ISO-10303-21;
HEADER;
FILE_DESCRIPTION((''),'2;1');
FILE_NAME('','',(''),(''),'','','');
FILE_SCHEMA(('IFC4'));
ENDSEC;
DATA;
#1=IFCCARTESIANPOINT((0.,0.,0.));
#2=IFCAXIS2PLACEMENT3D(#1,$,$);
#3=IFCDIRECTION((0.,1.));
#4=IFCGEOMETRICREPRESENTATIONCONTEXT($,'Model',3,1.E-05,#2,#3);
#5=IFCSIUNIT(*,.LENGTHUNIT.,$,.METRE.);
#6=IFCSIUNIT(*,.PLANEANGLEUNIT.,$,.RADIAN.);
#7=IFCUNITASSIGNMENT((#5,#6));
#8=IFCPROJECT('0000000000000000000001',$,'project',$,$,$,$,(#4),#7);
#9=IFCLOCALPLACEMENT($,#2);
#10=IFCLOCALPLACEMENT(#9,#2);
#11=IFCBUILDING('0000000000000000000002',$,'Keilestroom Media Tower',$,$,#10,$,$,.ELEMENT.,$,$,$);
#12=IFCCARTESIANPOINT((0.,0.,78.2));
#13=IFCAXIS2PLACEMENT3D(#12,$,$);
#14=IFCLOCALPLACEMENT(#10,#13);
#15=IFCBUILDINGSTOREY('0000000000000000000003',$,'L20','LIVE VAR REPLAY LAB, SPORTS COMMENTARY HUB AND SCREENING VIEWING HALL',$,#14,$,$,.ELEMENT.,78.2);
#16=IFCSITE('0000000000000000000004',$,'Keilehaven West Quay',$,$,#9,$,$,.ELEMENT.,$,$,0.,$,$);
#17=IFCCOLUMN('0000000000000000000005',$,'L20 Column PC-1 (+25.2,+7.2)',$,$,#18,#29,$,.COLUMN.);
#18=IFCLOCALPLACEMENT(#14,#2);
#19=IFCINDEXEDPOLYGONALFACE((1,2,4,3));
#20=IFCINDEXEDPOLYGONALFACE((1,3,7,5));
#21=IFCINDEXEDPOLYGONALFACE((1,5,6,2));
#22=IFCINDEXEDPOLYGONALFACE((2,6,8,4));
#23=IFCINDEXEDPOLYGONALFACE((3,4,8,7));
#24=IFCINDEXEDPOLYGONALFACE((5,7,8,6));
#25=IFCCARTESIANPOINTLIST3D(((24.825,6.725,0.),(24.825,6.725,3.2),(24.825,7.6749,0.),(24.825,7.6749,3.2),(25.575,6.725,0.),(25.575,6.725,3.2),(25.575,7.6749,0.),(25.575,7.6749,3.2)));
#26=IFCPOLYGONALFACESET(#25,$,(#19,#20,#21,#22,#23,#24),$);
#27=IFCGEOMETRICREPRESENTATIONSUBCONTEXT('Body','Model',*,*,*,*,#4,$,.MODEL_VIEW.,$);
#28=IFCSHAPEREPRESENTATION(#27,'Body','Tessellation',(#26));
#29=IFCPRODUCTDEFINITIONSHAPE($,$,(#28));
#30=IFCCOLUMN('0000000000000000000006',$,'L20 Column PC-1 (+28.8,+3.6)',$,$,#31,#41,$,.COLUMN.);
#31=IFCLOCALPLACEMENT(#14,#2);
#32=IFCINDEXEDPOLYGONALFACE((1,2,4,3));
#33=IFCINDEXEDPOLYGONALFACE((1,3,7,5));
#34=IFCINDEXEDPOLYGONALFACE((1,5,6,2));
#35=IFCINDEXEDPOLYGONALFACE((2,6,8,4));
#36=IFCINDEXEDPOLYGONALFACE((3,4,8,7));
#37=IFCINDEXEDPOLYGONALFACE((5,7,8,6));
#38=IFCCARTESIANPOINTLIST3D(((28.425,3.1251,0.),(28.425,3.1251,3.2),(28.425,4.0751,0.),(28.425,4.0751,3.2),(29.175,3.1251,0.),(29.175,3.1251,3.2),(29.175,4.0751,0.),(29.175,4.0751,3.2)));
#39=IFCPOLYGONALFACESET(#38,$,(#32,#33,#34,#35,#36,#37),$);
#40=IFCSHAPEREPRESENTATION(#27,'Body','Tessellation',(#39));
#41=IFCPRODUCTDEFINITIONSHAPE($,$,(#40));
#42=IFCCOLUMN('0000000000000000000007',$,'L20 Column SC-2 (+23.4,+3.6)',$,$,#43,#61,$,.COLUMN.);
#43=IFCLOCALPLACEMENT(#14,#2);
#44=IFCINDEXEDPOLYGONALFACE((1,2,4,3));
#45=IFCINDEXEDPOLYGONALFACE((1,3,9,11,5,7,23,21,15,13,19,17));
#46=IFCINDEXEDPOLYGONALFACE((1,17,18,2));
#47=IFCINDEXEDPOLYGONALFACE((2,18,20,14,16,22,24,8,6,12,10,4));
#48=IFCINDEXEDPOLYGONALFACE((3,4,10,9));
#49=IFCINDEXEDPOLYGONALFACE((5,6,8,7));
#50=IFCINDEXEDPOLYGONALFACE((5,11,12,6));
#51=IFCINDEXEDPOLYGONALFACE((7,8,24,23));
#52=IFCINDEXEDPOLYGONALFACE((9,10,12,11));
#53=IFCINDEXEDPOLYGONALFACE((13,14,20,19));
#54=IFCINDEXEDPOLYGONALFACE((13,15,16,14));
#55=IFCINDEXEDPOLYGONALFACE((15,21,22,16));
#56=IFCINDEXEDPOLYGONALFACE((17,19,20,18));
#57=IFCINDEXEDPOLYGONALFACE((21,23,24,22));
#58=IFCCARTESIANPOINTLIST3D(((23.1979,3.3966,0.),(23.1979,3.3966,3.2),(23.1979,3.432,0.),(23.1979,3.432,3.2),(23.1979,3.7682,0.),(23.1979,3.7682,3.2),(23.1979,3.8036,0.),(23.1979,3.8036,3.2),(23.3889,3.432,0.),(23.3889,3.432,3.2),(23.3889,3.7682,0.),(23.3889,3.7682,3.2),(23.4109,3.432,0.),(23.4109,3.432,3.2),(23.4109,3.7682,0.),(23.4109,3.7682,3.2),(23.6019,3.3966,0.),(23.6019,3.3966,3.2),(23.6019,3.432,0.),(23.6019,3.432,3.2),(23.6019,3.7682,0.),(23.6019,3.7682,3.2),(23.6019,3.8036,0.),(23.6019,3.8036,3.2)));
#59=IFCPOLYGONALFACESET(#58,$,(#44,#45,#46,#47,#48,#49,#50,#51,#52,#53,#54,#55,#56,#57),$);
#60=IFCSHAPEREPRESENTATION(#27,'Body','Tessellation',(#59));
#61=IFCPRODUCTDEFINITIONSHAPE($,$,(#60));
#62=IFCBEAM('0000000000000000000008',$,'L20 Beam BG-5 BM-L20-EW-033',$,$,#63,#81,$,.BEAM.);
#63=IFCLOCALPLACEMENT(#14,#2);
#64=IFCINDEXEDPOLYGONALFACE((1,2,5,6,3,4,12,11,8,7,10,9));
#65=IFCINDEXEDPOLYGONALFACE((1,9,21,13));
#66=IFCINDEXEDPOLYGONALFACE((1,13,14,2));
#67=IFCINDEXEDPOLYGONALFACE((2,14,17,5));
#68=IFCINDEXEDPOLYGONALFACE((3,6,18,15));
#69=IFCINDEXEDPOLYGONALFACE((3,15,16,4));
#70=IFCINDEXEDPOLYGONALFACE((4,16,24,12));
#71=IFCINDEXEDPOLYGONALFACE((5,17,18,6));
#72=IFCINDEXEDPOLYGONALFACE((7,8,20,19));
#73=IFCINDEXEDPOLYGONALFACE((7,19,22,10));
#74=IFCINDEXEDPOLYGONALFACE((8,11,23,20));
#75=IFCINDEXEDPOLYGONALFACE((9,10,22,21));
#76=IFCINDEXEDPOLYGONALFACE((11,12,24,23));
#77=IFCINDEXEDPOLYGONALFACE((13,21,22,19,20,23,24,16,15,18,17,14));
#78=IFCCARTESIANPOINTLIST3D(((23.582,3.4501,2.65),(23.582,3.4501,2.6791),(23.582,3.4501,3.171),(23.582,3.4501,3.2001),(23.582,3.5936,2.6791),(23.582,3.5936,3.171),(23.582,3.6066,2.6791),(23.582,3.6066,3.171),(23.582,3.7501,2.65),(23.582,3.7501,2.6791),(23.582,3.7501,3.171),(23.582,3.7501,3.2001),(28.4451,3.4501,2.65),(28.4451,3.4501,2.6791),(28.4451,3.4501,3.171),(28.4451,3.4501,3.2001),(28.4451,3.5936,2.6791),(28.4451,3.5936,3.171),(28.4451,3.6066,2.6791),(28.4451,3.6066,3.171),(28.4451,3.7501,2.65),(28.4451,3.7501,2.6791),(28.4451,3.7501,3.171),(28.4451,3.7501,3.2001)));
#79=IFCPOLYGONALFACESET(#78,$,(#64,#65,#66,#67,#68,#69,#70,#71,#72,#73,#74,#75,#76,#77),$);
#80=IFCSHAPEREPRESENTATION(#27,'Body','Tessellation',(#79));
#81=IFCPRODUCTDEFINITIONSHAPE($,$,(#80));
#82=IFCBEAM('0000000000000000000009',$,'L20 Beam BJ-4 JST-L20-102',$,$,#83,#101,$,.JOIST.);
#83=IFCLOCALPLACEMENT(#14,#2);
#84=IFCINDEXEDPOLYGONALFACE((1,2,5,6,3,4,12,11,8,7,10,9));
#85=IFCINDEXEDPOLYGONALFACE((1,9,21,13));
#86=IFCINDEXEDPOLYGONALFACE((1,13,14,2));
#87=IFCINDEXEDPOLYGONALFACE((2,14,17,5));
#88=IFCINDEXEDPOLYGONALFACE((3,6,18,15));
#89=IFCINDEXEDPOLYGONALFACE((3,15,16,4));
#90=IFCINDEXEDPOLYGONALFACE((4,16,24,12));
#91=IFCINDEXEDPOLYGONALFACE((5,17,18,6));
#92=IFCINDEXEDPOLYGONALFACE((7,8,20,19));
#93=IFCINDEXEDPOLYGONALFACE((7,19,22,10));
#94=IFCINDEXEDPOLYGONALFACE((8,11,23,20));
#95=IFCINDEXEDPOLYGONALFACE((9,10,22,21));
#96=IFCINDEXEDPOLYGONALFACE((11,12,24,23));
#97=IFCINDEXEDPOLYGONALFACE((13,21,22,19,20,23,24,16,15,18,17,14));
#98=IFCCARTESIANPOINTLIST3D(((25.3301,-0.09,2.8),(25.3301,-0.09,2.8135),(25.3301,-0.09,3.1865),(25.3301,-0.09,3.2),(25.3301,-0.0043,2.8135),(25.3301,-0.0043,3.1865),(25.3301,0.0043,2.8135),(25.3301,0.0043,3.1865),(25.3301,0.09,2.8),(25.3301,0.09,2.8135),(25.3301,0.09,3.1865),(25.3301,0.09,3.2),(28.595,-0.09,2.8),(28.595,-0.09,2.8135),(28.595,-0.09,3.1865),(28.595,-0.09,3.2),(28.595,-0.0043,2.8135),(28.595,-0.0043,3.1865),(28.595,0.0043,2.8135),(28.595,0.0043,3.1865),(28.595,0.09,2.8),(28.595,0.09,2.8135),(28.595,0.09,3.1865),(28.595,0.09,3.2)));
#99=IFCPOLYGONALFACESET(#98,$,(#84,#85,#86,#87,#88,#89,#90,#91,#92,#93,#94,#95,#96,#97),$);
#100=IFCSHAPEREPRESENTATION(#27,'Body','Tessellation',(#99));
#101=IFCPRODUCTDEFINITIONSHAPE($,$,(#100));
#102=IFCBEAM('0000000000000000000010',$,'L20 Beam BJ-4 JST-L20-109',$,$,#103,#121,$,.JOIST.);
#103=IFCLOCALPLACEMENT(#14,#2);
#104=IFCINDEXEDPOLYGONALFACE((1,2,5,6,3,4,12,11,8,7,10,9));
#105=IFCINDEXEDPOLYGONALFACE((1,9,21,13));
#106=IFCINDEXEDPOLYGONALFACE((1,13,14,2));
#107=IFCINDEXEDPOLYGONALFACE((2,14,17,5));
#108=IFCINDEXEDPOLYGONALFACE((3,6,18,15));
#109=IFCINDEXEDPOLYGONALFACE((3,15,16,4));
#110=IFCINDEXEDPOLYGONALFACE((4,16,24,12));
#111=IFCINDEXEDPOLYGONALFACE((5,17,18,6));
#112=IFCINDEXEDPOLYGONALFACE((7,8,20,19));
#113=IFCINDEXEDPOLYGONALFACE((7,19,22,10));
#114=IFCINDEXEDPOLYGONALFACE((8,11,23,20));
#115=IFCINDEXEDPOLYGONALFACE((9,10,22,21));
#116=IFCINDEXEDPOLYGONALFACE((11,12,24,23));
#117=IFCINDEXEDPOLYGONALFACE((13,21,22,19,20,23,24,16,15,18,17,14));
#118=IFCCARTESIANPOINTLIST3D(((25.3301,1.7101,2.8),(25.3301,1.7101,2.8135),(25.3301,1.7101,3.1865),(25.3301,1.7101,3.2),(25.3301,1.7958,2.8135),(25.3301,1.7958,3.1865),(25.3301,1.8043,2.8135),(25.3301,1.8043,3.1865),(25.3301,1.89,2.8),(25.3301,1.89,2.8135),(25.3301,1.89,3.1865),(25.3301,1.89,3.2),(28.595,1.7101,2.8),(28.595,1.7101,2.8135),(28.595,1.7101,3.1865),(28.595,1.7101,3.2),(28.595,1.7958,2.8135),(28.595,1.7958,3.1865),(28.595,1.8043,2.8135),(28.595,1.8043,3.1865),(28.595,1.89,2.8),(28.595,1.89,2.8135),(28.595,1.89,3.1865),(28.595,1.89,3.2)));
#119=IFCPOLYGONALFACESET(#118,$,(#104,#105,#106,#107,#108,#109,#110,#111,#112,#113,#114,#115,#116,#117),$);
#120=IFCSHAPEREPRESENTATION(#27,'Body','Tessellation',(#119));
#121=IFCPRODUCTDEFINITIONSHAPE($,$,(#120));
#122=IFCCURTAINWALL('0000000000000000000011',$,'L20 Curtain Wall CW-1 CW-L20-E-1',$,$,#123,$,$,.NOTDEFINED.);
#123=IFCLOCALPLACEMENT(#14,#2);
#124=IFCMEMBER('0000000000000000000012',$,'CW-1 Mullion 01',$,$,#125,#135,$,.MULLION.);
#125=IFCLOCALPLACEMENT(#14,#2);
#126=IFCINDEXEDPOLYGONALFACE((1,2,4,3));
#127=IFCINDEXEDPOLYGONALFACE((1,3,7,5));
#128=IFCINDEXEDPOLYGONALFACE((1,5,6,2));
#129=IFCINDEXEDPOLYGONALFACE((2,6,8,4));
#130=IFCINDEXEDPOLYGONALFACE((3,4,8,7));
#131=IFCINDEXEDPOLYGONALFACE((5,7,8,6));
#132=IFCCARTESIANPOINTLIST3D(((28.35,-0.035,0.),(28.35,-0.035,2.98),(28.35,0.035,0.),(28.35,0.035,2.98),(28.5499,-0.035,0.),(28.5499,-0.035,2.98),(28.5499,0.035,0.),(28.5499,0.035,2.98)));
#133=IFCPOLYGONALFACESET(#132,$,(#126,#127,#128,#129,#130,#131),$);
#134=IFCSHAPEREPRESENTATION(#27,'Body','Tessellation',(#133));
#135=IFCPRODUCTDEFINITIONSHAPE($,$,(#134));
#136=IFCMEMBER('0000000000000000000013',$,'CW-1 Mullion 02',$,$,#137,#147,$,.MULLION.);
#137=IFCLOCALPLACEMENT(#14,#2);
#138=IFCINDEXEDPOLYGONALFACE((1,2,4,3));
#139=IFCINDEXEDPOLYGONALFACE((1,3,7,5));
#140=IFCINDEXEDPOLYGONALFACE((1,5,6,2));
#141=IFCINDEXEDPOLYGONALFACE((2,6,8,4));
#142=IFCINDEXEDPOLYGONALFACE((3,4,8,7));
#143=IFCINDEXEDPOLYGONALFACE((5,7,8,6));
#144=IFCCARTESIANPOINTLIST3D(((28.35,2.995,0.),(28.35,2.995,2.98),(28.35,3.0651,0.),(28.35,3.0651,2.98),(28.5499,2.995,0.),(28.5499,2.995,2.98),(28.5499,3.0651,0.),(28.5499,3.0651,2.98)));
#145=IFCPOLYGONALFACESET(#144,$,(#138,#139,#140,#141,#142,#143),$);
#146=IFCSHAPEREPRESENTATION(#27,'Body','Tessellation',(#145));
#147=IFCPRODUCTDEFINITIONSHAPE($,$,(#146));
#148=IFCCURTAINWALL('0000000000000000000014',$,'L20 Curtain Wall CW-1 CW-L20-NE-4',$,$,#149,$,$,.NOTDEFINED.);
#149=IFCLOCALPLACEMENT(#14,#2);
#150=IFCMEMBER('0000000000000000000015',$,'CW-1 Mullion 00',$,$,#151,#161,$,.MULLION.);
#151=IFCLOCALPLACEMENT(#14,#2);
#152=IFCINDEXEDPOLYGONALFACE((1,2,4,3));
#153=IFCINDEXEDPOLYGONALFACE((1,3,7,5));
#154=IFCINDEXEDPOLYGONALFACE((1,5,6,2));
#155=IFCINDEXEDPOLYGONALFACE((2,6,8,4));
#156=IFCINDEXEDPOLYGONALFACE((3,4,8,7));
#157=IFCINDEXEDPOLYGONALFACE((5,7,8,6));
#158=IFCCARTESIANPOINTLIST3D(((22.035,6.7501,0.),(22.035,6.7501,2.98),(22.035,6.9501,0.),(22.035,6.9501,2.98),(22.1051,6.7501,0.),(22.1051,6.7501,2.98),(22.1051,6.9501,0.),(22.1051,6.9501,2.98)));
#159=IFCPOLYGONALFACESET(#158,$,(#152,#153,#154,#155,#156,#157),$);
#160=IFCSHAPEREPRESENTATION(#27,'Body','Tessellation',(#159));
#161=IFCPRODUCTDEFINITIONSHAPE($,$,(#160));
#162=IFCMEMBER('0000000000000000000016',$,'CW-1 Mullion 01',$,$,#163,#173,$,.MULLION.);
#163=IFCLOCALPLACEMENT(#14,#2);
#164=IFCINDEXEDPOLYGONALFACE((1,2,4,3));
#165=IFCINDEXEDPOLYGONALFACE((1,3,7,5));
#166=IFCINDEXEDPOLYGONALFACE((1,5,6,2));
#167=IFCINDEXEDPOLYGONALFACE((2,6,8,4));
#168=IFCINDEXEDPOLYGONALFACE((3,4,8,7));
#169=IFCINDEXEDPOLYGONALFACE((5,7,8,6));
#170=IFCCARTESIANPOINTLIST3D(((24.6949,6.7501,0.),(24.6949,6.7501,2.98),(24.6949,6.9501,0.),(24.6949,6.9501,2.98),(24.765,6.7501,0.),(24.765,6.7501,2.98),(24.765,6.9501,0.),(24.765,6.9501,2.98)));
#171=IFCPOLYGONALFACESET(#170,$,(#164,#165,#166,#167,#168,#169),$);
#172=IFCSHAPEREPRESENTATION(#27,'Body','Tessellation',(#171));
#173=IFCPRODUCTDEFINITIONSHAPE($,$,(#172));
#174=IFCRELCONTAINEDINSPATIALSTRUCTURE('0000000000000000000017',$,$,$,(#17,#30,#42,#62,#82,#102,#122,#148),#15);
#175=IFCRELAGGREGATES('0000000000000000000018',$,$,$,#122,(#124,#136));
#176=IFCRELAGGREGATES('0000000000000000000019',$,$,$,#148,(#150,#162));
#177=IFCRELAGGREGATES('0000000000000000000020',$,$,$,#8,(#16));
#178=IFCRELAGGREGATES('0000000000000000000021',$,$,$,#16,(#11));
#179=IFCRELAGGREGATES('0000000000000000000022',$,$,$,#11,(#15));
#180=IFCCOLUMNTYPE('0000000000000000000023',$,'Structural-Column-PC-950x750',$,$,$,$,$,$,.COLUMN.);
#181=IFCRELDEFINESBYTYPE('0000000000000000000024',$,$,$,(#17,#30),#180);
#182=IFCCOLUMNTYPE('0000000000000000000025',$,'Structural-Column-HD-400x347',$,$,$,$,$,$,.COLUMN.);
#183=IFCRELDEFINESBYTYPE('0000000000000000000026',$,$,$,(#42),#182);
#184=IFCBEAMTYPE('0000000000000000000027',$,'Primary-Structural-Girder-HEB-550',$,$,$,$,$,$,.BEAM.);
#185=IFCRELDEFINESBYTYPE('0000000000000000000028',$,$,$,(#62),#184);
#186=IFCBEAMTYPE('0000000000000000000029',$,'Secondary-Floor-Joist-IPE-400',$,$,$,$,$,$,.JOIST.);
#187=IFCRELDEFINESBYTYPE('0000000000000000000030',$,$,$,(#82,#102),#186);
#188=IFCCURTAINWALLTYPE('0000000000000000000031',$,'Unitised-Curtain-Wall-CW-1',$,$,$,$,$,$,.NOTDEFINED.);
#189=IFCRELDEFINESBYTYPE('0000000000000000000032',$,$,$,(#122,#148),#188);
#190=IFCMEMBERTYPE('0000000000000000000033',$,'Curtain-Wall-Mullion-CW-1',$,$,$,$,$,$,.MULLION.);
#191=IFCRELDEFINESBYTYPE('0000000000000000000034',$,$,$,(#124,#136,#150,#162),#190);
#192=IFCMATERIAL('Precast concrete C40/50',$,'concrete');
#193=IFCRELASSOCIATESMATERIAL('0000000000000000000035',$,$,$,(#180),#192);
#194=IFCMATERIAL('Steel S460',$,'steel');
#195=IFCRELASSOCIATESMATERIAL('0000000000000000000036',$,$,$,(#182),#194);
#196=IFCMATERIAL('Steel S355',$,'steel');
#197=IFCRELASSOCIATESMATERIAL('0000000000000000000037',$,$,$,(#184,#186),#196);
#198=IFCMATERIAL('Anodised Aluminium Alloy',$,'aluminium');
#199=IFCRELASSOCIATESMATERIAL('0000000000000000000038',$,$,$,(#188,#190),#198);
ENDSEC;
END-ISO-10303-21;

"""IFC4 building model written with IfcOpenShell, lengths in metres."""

from ifc_helpers import new_model, si_unit, direction, frame, origin, origin_2d, place, context, subcontext, project, spatial, rectangle, i_section, extrude, source, transform, mapped, material, material_profile, profile_set, type_object, element, aggregate, save


model = new_model("IFC4")

# Units and contexts
model_context = context("Model", 3, precision=1e-05, world=origin(), true_north=direction((0.0, 1.0)))
body_context = subcontext(model_context, "Body", "Model", "MODEL_VIEW")
ifc_project = project(units=[si_unit("LENGTHUNIT", "METRE"), si_unit("PLANEANGLEUNIT", "RADIAN")], contexts=[model_context])

# Site, building, storey
site_placement = place(None, origin())
site = spatial("IfcSite", under=ifc_project, at=site_placement, Name="Keilehaven West Quay", CompositionType="ELEMENT", RefElevation=0.0)
building_placement = place(site_placement, origin())
building = spatial("IfcBuilding", under=site, at=building_placement, Name="Keilestroom Media Tower", CompositionType="ELEMENT")
storey_placement = place(building_placement, frame((0.0, 0.0, 78.2)))
storey = spatial("IfcBuildingStorey", under=building, at=storey_placement, Name="L20", Description="LIVE VAR REPLAY LAB, SPORTS COMMENTARY HUB AND SCREENING VIEWING HALL", CompositionType="ELEMENT", Elevation=78.2)

# Columns
ifc_material_1 = material(Name="Precast concrete C40/50", Category="concrete")
ifc_material_profile_1 = material_profile(ifc_material_1, rectangle(XDim=0.75, YDim=0.95, at=origin_2d()), Name="PC 950x750")
ifc_profile_set_1 = profile_set([ifc_material_profile_1], Name="Precast concrete C40/50")
column_type_1 = type_object("IfcColumnType", Name="Structural-Column-PC-950x750", PredefinedType="COLUMN", material=ifc_profile_set_1)
shared_shape_1 = source(origin(), body_context, "Body", "SweptSolid", [
    extrude(rectangle(XDim=0.75, YDim=0.95, at=origin_2d()), origin(), (0.0, 0.0, 1.0), 3.2),
])
for number, where, z_axis, x_axis, name in (
    (1, (25.2, 7.2, 0.0), (0.0, 0.0, 1.0), (1.0, 0.0, 0.0), "L20 Column PC-1 (+25.2,+7.2)"),
    (2, (28.8, 3.6001, 0.0), (0.0, 0.0, 1.0), (1.0, 0.0, 0.0), "L20 Column PC-1 (+28.8,+3.6)"),
):
    element("IfcColumn", number, at=place(storey_placement, frame(where, z_axis=z_axis, x_axis=x_axis)), inside=storey, type_object=column_type_1, Name=name, PredefinedType="COLUMN", context=body_context, shape_type="MappedRepresentation", body=[
        mapped(shared_shape_1, transform((0.0, 0.0, 0.0), x_axis=(1.0, 0.0, 0.0), y_axis=(0.0, 1.0, 0.0), z_axis=(0.0, 0.0, 1.0), scale=1.0)),
    ])
ifc_material_2 = material(Name="Steel S460", Category="steel")
ifc_material_profile_2 = material_profile(ifc_material_2, i_section(OverallWidth=0.4041, OverallDepth=0.407, WebThickness=0.022, FlangeThickness=0.0354, at=origin_2d()), Name="HD 400x347")
ifc_profile_set_2 = profile_set([ifc_material_profile_2], Name="Steel S460")
column_type_2 = type_object("IfcColumnType", Name="Structural-Column-HD-400x347", PredefinedType="COLUMN", material=ifc_profile_set_2)
shared_shape_2 = source(origin(), body_context, "Body", "SweptSolid", [
    extrude(i_section(OverallWidth=0.4041, OverallDepth=0.407, WebThickness=0.022, FlangeThickness=0.0354, at=origin_2d()), origin(), (0.0, 0.0, 1.0), 3.2),
])
column_placement = place(storey_placement, frame((23.3999, 3.6001, 0.0), z_axis=(0.0, 0.0, 1.0), x_axis=(1.0, 0.0, 0.0)))
element("IfcColumn", 3, at=column_placement, inside=storey, type_object=column_type_2, Name="L20 Column SC-2 (+23.4,+3.6)", PredefinedType="COLUMN", context=body_context, shape_type="MappedRepresentation", body=[
    mapped(shared_shape_2, transform((0.0, 0.0, 0.0), x_axis=(1.0, 0.0, 0.0), y_axis=(0.0, 1.0, 0.0), z_axis=(0.0, 0.0, 1.0), scale=1.0)),
])

# Beams
ifc_material_3 = material(Name="Steel S355", Category="steel")
ifc_material_profile_3 = material_profile(ifc_material_3, i_section(OverallWidth=0.3, OverallDepth=0.55, WebThickness=0.0129, FlangeThickness=0.0291, at=origin_2d()), Name="HEB 550")
ifc_profile_set_3 = profile_set([ifc_material_profile_3], Name="Steel S355")
beam_type_1 = type_object("IfcBeamType", Name="Primary-Structural-Girder-HEB-550", PredefinedType="BEAM", material=ifc_profile_set_3)
shared_shape_3 = source(origin(), body_context, "Body", "SweptSolid", [
    extrude(i_section(OverallWidth=0.3, OverallDepth=0.55, WebThickness=0.0129, FlangeThickness=0.0291, at=origin_2d()), origin(), (0.0, 0.0, 1.0), 4.863),
])
beam_placement = place(storey_placement, frame((23.582, 3.6001, 2.925), z_axis=(1.0, 0.0, 0.0), x_axis=(0.0, 1.0, 0.0)))
element("IfcBeam", 4, at=beam_placement, inside=storey, type_object=beam_type_1, Name="L20 Beam BG-5 BM-L20-EW-033", PredefinedType="BEAM", context=body_context, shape_type="MappedRepresentation", body=[
    mapped(shared_shape_3, transform((0.0, 0.0, 0.0), x_axis=(1.0, 0.0, 0.0), y_axis=(0.0, 1.0, 0.0), z_axis=(0.0, 0.0, 1.0), scale=1.0)),
])
ifc_material_profile_4 = material_profile(ifc_material_3, i_section(OverallWidth=0.1799, OverallDepth=0.3999, WebThickness=0.0085, FlangeThickness=0.0134, at=origin_2d()), Name="IPE 400")
ifc_profile_set_4 = profile_set([ifc_material_profile_4], Name="Steel S355")
beam_type_2 = type_object("IfcBeamType", Name="Secondary-Floor-Joist-IPE-400", PredefinedType="JOIST", material=ifc_profile_set_4)
shared_shape_4 = source(origin(), body_context, "Body", "SweptSolid", [
    extrude(i_section(OverallWidth=0.1799, OverallDepth=0.3999, WebThickness=0.0085, FlangeThickness=0.0134, at=origin_2d()), origin(), (0.0, 0.0, 1.0), 3.2649),
])
for number, where, z_axis, x_axis, name in (
    (5, (25.3301, 0.0, 3.0), (1.0, 0.0, 0.0), (0.0, 1.0, 0.0), "L20 Beam BJ-4 JST-L20-102"),
    (6, (25.3301, 1.8, 3.0), (1.0, 0.0, 0.0), (0.0, 1.0, 0.0), "L20 Beam BJ-4 JST-L20-109"),
):
    element("IfcBeam", number, at=place(storey_placement, frame(where, z_axis=z_axis, x_axis=x_axis)), inside=storey, type_object=beam_type_2, Name=name, PredefinedType="JOIST", context=body_context, shape_type="MappedRepresentation", body=[
        mapped(shared_shape_4, transform((0.0, 0.0, 0.0), x_axis=(1.0, 0.0, 0.0), y_axis=(0.0, 1.0, 0.0), z_axis=(0.0, 0.0, 1.0), scale=1.0)),
    ])

# Curtain walls, members
ifc_material_4 = material(Name="Anodised Aluminium Alloy", Category="aluminium")
curtain_wall_type = type_object("IfcCurtainWallType", Name="Unitised-Curtain-Wall-CW-1", PredefinedType="NOTDEFINED", material=ifc_material_4)
curtain_wall_1_placement = place(storey_placement, origin())
curtain_wall_1 = element("IfcCurtainWall", 7, at=curtain_wall_1_placement, inside=storey, type_object=curtain_wall_type, Name="L20 Curtain Wall CW-1 CW-L20-E-1", PredefinedType="NOTDEFINED")
ifc_material_profile_5 = material_profile(ifc_material_4, rectangle(XDim=0.0701, YDim=0.2, at=origin_2d()), Name="ALU MULLION 70x200")
ifc_profile_set_5 = profile_set([ifc_material_profile_5], Name="Anodised Aluminium Alloy")
member_type_1 = type_object("IfcMemberType", Name="Curtain-Wall-Mullion-CW-1", PredefinedType="MULLION", material=ifc_profile_set_5)
shared_shape_5 = source(origin(), body_context, "Body", "SweptSolid", [
    extrude(rectangle(XDim=0.0701, YDim=0.2, at=origin_2d()), origin(), (0.0, 0.0, 1.0), 2.98),
])
member_1_placement = place(storey_placement, frame((28.45, 0.0, 0.0), z_axis=(0.0, 0.0, 1.0), x_axis=(0.0, 1.0, 0.0)))
member_1 = element("IfcMember", 8, at=member_1_placement, type_object=member_type_1, Name="CW-1 Mullion 01", PredefinedType="MULLION", context=body_context, shape_type="MappedRepresentation", body=[
    mapped(shared_shape_5, transform((0.0, 0.0, 0.0), x_axis=(1.0, 0.0, 0.0), y_axis=(0.0, 1.0, 0.0), z_axis=(0.0, 0.0, 1.0), scale=1.0)),
])
member_2_placement = place(storey_placement, frame((28.45, 3.03, 0.0), z_axis=(0.0, 0.0, 1.0), x_axis=(0.0, 1.0, 0.0)))
member_2 = element("IfcMember", 9, at=member_2_placement, type_object=member_type_1, Name="CW-1 Mullion 02", PredefinedType="MULLION", context=body_context, shape_type="MappedRepresentation", body=[
    mapped(shared_shape_5, transform((0.0, 0.0, 0.0), x_axis=(1.0, 0.0, 0.0), y_axis=(0.0, 1.0, 0.0), z_axis=(0.0, 0.0, 1.0), scale=1.0)),
])
curtain_wall_2_placement = place(storey_placement, origin())
curtain_wall_2 = element("IfcCurtainWall", 10, at=curtain_wall_2_placement, inside=storey, type_object=curtain_wall_type, Name="L20 Curtain Wall CW-1 CW-L20-NE-4", PredefinedType="NOTDEFINED")
member_3_placement = place(storey_placement, frame((22.0701, 6.8501, 0.0), z_axis=(0.0, 0.0, 1.0), x_axis=(1.0, 0.0, 0.0)))
member_3 = element("IfcMember", 11, at=member_3_placement, type_object=member_type_1, Name="CW-1 Mullion 00", PredefinedType="MULLION", context=body_context, shape_type="MappedRepresentation", body=[
    mapped(shared_shape_5, transform((0.0, 0.0, 0.0), x_axis=(1.0, 0.0, 0.0), y_axis=(0.0, 1.0, 0.0), z_axis=(0.0, 0.0, 1.0), scale=1.0)),
])
member_4_placement = place(storey_placement, frame((24.73, 6.8501, 0.0), z_axis=(0.0, 0.0, 1.0), x_axis=(1.0, 0.0, 0.0)))
member_4 = element("IfcMember", 12, at=member_4_placement, type_object=member_type_1, Name="CW-1 Mullion 01", PredefinedType="MULLION", context=body_context, shape_type="MappedRepresentation", body=[
    mapped(shared_shape_5, transform((0.0, 0.0, 0.0), x_axis=(1.0, 0.0, 0.0), y_axis=(0.0, 1.0, 0.0), z_axis=(0.0, 0.0, 1.0), scale=1.0)),
])

aggregate(curtain_wall_1, [member_1, member_2])
aggregate(curtain_wall_2, [member_3, member_4])

save(model, "model.ifc")
